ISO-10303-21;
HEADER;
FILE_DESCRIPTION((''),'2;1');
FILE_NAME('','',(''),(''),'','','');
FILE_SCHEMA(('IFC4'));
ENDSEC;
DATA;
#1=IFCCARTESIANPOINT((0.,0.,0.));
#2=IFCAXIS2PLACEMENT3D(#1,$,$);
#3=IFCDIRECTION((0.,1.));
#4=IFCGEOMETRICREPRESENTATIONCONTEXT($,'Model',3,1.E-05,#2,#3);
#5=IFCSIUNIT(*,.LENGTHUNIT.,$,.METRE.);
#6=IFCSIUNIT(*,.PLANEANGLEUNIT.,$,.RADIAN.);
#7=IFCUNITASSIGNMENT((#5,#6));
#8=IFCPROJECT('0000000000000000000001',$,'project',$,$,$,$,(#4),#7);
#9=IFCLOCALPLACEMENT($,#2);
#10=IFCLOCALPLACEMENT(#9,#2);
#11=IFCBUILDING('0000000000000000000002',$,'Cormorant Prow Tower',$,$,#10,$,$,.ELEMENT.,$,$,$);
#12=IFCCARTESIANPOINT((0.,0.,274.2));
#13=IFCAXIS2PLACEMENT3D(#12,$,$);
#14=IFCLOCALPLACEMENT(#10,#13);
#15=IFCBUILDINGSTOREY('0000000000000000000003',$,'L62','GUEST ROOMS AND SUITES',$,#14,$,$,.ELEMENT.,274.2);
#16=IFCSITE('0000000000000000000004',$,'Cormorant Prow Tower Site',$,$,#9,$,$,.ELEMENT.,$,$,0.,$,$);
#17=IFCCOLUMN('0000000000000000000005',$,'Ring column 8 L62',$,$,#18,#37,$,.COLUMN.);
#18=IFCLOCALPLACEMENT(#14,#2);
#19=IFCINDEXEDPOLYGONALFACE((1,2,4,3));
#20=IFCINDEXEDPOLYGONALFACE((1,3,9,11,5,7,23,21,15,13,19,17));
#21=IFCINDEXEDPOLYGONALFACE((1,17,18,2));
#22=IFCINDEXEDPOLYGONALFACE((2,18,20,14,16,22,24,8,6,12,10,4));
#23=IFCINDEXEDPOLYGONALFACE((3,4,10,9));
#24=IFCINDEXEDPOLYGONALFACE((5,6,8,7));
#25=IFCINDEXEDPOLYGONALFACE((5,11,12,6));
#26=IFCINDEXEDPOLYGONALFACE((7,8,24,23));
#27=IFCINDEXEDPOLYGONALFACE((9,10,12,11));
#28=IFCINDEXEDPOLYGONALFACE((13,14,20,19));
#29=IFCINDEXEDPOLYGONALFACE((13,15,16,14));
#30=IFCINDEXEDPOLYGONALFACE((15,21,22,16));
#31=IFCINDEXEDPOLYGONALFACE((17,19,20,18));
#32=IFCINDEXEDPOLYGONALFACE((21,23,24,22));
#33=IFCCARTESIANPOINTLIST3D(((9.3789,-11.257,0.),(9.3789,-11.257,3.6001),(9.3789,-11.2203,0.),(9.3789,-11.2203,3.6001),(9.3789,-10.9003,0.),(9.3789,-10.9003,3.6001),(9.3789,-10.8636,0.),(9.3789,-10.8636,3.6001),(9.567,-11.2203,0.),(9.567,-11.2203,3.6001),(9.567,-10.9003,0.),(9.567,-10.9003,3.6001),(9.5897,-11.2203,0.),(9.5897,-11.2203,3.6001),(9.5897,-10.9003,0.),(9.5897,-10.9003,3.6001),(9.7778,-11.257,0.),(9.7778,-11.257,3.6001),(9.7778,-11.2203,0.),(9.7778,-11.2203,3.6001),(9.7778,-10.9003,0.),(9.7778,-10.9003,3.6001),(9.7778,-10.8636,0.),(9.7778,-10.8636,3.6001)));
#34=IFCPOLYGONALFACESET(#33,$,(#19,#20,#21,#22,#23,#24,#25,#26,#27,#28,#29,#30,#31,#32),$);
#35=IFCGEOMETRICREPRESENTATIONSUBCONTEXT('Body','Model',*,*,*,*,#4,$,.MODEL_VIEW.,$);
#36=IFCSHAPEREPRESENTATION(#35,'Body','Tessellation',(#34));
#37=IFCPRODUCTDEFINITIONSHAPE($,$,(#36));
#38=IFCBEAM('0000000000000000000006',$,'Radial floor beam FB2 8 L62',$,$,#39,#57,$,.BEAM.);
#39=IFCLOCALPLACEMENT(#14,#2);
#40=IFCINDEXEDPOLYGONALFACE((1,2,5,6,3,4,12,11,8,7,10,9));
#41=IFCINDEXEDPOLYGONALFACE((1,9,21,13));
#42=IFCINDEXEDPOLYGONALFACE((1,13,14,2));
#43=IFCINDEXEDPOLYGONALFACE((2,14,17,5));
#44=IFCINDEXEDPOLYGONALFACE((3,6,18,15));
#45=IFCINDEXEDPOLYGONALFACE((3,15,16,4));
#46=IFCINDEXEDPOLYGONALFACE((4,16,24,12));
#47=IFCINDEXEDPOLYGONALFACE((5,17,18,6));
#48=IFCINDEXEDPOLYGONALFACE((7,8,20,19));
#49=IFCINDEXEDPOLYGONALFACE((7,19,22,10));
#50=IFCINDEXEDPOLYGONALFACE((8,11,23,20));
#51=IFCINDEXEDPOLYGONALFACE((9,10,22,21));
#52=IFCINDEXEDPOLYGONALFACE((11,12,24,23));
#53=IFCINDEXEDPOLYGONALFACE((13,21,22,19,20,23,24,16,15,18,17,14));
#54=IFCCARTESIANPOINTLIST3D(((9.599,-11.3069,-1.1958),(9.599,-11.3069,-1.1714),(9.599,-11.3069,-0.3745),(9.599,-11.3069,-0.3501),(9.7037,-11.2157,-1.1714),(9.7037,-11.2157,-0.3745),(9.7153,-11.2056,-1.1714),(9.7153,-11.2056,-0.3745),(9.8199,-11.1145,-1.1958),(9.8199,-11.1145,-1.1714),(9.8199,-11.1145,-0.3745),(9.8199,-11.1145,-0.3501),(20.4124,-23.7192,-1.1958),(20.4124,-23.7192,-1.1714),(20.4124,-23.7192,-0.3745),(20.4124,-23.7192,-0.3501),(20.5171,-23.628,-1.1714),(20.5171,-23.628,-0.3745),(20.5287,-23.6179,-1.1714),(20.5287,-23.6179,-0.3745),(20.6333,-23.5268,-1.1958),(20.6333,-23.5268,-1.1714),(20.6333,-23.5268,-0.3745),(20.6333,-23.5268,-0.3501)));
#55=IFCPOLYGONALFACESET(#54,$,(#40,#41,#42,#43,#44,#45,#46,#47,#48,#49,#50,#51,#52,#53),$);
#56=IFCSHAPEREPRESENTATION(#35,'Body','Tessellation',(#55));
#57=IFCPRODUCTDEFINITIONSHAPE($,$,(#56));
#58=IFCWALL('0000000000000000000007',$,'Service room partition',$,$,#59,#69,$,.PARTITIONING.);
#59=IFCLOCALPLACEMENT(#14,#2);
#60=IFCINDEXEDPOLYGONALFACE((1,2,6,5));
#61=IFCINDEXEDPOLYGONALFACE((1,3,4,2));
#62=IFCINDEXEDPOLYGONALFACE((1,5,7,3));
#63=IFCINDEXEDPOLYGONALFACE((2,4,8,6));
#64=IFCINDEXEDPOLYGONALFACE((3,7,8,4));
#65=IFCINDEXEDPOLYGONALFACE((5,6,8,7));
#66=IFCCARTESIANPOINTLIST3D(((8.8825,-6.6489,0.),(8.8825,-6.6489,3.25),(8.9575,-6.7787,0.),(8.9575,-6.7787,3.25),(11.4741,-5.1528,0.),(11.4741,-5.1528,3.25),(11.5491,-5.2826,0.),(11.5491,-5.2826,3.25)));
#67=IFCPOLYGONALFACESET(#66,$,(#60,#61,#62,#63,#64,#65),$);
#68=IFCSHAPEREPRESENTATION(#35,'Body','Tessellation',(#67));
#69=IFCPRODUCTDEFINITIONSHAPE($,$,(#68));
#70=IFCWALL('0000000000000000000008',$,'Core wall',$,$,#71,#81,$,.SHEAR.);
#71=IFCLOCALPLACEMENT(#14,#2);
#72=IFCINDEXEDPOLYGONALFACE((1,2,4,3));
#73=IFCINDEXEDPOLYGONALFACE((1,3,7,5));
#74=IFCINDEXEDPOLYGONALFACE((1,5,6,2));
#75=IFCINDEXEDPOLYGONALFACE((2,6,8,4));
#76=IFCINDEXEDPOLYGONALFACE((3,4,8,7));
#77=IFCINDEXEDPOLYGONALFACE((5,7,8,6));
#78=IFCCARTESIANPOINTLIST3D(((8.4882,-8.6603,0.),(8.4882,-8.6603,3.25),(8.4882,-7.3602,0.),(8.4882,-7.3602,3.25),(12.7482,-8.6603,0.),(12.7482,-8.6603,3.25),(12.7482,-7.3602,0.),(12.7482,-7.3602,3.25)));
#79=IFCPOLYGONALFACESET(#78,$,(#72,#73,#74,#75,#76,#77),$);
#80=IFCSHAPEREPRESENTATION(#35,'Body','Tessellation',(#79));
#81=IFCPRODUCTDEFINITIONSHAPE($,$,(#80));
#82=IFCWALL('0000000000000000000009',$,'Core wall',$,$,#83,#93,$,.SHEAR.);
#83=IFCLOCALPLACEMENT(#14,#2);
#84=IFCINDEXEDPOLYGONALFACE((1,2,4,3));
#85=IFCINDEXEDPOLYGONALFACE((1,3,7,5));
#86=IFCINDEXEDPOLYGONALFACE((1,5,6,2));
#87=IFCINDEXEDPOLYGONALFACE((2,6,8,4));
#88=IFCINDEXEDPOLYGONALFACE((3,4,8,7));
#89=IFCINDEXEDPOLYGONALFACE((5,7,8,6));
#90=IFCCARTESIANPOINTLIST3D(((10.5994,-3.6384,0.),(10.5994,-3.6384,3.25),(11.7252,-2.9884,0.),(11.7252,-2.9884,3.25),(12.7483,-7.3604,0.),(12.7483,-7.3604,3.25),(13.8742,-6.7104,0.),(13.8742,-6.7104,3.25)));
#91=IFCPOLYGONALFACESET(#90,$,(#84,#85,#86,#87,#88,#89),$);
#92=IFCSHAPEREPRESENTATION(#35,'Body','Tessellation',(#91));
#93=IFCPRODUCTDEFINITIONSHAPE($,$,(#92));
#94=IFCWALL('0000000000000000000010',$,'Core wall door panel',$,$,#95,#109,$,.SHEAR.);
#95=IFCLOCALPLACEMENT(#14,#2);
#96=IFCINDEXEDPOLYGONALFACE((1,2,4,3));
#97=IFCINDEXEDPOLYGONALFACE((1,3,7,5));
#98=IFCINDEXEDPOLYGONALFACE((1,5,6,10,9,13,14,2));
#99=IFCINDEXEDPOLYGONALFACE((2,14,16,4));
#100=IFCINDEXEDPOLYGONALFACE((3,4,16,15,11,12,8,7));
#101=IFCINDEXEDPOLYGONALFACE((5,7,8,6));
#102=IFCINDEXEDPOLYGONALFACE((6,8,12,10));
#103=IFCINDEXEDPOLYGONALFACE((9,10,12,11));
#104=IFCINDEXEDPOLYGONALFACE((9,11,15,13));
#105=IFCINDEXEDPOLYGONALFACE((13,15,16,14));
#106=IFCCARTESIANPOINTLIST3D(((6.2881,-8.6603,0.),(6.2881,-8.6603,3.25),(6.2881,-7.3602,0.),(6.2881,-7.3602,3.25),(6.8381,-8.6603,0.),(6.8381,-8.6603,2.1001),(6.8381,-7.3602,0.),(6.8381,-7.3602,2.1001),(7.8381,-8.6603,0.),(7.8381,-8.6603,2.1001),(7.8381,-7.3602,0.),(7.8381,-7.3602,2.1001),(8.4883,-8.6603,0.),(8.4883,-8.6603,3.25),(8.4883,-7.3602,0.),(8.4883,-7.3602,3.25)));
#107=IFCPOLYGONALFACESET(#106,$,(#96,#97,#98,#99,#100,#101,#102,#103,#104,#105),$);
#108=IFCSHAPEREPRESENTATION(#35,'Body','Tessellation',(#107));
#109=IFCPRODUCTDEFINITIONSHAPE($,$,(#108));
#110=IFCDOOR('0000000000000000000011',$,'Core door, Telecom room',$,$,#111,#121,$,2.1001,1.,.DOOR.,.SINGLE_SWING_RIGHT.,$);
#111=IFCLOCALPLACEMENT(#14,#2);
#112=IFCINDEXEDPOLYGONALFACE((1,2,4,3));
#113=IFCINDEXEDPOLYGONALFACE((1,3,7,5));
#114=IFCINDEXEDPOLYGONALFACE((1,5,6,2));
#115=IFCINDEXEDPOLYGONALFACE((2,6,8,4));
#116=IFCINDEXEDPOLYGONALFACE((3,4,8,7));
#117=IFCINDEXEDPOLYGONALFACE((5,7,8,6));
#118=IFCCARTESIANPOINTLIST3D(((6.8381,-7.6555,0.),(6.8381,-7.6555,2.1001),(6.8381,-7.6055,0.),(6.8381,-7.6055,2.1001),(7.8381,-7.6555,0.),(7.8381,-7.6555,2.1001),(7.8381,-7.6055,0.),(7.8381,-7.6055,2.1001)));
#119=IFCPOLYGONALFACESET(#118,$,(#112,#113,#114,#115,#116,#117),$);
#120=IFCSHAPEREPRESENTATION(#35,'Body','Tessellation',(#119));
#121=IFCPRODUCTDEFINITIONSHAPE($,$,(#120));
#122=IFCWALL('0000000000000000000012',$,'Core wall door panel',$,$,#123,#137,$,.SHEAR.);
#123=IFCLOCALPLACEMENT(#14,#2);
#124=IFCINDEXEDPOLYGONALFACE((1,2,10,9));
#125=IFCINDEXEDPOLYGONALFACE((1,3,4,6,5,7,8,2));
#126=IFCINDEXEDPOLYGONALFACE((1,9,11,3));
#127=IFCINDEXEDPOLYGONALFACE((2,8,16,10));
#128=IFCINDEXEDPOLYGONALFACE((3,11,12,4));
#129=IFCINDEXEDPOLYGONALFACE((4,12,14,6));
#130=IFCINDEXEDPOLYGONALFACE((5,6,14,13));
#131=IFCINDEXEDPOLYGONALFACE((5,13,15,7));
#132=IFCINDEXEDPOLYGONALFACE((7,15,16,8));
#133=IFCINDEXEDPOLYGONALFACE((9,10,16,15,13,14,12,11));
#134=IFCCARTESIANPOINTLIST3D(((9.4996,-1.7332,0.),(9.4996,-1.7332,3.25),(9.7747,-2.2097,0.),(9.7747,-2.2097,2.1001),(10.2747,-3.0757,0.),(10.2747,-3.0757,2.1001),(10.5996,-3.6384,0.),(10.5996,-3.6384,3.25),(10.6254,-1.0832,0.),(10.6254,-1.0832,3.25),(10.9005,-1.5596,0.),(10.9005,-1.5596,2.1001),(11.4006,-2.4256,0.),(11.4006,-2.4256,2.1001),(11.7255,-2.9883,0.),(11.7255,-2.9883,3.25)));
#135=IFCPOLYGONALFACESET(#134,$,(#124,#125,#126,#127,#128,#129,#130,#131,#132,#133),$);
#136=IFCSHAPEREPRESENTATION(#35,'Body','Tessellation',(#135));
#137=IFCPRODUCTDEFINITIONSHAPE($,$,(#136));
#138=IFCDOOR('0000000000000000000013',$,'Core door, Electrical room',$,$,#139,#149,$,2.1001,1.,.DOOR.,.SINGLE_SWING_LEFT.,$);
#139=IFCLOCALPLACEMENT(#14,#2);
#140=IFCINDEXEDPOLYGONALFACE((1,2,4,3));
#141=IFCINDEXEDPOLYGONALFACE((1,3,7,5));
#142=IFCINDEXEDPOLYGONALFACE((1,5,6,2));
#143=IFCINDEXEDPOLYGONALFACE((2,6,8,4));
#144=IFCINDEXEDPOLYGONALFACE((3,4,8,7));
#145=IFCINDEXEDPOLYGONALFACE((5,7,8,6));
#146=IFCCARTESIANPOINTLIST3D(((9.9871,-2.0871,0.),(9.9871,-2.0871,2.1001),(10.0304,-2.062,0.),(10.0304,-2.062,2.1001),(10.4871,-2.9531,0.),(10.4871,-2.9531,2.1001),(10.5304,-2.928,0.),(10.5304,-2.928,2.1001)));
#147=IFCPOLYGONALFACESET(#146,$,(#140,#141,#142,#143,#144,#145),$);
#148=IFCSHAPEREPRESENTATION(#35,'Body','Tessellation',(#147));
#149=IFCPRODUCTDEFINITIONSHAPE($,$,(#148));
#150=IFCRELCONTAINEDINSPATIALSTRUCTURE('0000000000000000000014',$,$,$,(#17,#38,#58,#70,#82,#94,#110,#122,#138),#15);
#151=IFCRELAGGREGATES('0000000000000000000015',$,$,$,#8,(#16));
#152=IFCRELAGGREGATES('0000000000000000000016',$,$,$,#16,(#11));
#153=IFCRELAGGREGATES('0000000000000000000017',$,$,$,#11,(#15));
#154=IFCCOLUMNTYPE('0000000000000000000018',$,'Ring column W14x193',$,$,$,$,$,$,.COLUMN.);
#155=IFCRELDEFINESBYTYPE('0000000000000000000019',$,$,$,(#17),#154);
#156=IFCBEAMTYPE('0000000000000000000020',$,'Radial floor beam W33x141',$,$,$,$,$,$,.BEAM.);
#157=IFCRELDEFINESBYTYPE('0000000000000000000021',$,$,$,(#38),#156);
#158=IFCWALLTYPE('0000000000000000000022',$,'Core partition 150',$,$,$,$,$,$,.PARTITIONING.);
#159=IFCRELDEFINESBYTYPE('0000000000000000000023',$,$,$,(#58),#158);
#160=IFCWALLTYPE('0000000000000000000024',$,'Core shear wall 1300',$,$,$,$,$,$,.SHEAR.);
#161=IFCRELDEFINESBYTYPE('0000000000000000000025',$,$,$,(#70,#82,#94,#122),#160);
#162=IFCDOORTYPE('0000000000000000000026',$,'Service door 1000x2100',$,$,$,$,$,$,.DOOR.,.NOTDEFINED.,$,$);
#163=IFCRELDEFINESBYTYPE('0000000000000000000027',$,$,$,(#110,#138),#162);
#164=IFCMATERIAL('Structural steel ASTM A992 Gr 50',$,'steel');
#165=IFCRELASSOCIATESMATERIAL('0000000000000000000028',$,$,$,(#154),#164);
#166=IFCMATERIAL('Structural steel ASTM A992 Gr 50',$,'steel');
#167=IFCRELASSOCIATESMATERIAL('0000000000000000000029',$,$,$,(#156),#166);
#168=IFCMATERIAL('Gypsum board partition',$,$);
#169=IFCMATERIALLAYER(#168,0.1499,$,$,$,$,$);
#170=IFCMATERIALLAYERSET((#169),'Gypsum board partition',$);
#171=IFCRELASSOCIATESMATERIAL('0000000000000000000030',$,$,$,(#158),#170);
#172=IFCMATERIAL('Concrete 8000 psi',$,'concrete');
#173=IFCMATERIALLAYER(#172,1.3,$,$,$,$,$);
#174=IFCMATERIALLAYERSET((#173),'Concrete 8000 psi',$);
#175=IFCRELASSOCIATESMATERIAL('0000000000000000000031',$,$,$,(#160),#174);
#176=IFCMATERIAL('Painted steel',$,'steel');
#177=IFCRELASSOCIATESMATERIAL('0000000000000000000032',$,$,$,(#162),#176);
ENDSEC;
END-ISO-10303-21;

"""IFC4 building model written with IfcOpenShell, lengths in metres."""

from ifc_helpers import new_model, si_unit, direction, frame, frame_2d, origin, origin_2d, place, context, subcontext, project, spatial, rectangle, i_section, extrude, material, layer, layer_set, material_profile, profile_set, type_object, element, fill, save


model = new_model("IFC4")

# Units and contexts
model_context = context("Model", 3, precision=1e-05, world=origin(), true_north=direction((0.0, 1.0)))
body_context = subcontext(model_context, "Body", "Model", "MODEL_VIEW")
ifc_project = project(units=[si_unit("LENGTHUNIT", "METRE"), si_unit("PLANEANGLEUNIT", "RADIAN")], contexts=[model_context])

# Site, building, storey
site_placement = place(None, origin())
site = spatial("IfcSite", under=ifc_project, at=site_placement, Name="Cormorant Prow Tower Site", CompositionType="ELEMENT", RefElevation=0.0)
building_placement = place(site_placement, origin())
building = spatial("IfcBuilding", under=site, at=building_placement, Name="Cormorant Prow Tower", CompositionType="ELEMENT")
storey_placement = place(building_placement, frame((0.0, 0.0, 274.2)))
storey = spatial("IfcBuildingStorey", under=building, at=storey_placement, Name="L62", Description="GUEST ROOMS AND SUITES", CompositionType="ELEMENT", Elevation=274.2)

# Column
ifc_material_1 = material(Name="Structural steel ASTM A992 Gr 50", Category="steel")
ifc_material_profile_1 = material_profile(ifc_material_1, i_section(OverallWidth=0.3989, OverallDepth=0.3933, WebThickness=0.0227, FlangeThickness=0.0366, at=origin_2d()), Name="W14x193")
ifc_profile_set_1 = profile_set([ifc_material_profile_1], Name="Structural steel ASTM A992 Gr 50")
column_type = type_object("IfcColumnType", Name="Ring column W14x193", PredefinedType="COLUMN", material=ifc_profile_set_1)
column_placement = place(storey_placement, frame((9.5784, -11.0603, 0.0), z_axis=(0.0, 0.0, 1.0), x_axis=(1.0, 0.0, 0.0)))
element("IfcColumn", 1, at=column_placement, inside=storey, type_object=column_type, Name="Ring column 8 L62", PredefinedType="COLUMN", context=body_context, shape_type="SweptSolid", body=[
    extrude(i_section(OverallWidth=0.3989, OverallDepth=0.3933, WebThickness=0.0227, FlangeThickness=0.0366, at=origin_2d()), origin(), (0.0, 0.0, 1.0), 3.6001),
])

# Beam
ifc_material_2 = material(Name="Structural steel ASTM A992 Gr 50", Category="steel")
ifc_material_profile_2 = material_profile(ifc_material_2, i_section(OverallWidth=0.293, OverallDepth=0.8457, WebThickness=0.0154, FlangeThickness=0.0244, at=origin_2d()), Name="W33x141")
ifc_profile_set_2 = profile_set([ifc_material_profile_2], Name="Structural steel ASTM A992 Gr 50")
beam_type = type_object("IfcBeamType", Name="Radial floor beam W33x141", PredefinedType="BEAM", material=ifc_profile_set_2)
beam_placement = place(storey_placement, frame((9.7095, -11.2107, -0.7729), z_axis=(0.656875, -0.754, 0.0), x_axis=(0.754, 0.656875, 0.0)))
element("IfcBeam", 2, at=beam_placement, inside=storey, type_object=beam_type, Name="Radial floor beam FB2 8 L62", PredefinedType="BEAM", context=body_context, shape_type="SweptSolid", body=[
    extrude(i_section(OverallWidth=0.293, OverallDepth=0.8457, WebThickness=0.0154, FlangeThickness=0.0244, at=origin_2d()), origin(), (0.0, 0.0, 1.0), 16.4619),
])

# Walls
ifc_material_3 = material(Name="Gypsum board partition")
ifc_layer_1 = layer(ifc_material_3, 0.1499)
ifc_layer_set_1 = layer_set([ifc_layer_1], Name="Gypsum board partition")
wall_type_1 = type_object("IfcWallType", Name="Core partition 150", PredefinedType="PARTITIONING", material=ifc_layer_set_1)
wall_1_placement = place(storey_placement, frame((11.5115, -5.2178, 0.0), z_axis=(0.0, 0.0, 1.0), x_axis=(-0.866046, -0.499965, 0.0)))
element("IfcWall", 3, at=wall_1_placement, inside=storey, type_object=wall_type_1, Name="Service room partition", PredefinedType="PARTITIONING", context=body_context, shape_type="SweptSolid", body=[
    extrude(rectangle(XDim=2.9924, YDim=0.1499, at=frame_2d((1.4961, 0.0))), origin(), (0.0, 0.0, 1.0), 3.25),
])
ifc_material_4 = material(Name="Concrete 8000 psi", Category="concrete")
ifc_layer_2 = layer(ifc_material_4, 1.3)
ifc_layer_set_2 = layer_set([ifc_layer_2], Name="Concrete 8000 psi")
wall_type_2 = type_object("IfcWallType", Name="Core shear wall 1300", PredefinedType="SHEAR", material=ifc_layer_set_2)
wall_2_placement = place(storey_placement, frame((8.4883, -8.0103, 0.0), z_axis=(0.0, 0.0, 1.0), x_axis=(1.0, 0.0, 0.0)))
element("IfcWall", 4, at=wall_2_placement, inside=storey, type_object=wall_type_2, Name="Core wall", PredefinedType="SHEAR", context=body_context, shape_type="SweptSolid", body=[
    extrude(rectangle(XDim=4.26, YDim=1.3, at=frame_2d((2.1299, 0.0))), origin(), (0.0, 0.0, 1.0), 3.25),
])
wall_3_placement = place(storey_placement, frame((13.3113, -7.0354, 0.0), z_axis=(0.0, 0.0, 1.0), x_axis=(-0.500013, 0.866018, 0.0)))
element("IfcWall", 5, at=wall_3_placement, inside=storey, type_object=wall_type_2, Name="Core wall", PredefinedType="SHEAR", context=body_context, shape_type="SweptSolid", body=[
    extrude(rectangle(XDim=4.2979, YDim=1.3, at=frame_2d((2.1489, 0.0))), origin(), (0.0, 0.0, 1.0), 3.25),
])

# Walls, openings, doors
wall_4_placement = place(storey_placement, frame((6.2881, -8.0103, 0.0), z_axis=(0.0, 0.0, 1.0), x_axis=(1.0, 0.0, 0.0)))
wall_4 = element("IfcWall", 6, at=wall_4_placement, inside=storey, type_object=wall_type_2, Name="Core wall door panel", PredefinedType="SHEAR", context=body_context, shape_type="SweptSolid", body=[
    extrude(rectangle(XDim=2.2002, YDim=1.3, at=frame_2d((1.1001, 0.0))), origin(), (0.0, 0.0, 1.0), 3.25),
])
opening_1_placement = place(wall_4_placement, frame((0.55, 0.0, 0.0)))
opening_1 = element("IfcOpeningElement", 7, at=opening_1_placement, cuts=wall_4, PredefinedType="OPENING", context=body_context, shape_type="SweptSolid", body=[
    extrude(rectangle(XDim=1.0, YDim=2.1001, at=frame_2d((0.5, 1.05))), frame((0.0, 0.6599, 0.0), z_axis=(0.0, -1.0, 0.0), x_axis=(1.0, 0.0, 0.0)), (0.0, 0.0, 1.0), 1.3201),
])
ifc_material_5 = material(Name="Painted steel", Category="steel")
door_type_1 = type_object("IfcDoorType", Name="Service door 1000x2100", OperationType="NOTDEFINED", PredefinedType="DOOR", material=ifc_material_5)
door_1_placement = place(opening_1_placement, origin())
door_1 = element("IfcDoor", 8, at=door_1_placement, inside=storey, type_object=door_type_1, Name="Core door, Telecom room", OperationType="SINGLE_SWING_RIGHT", OverallHeight=2.1001, OverallWidth=1.0, PredefinedType="DOOR", context=body_context, shape_type="SweptSolid", body=[
    extrude(rectangle(XDim=1.0, YDim=2.1001, at=frame_2d((0.5, 1.05))), frame((0.0, 0.4048, 0.0), z_axis=(0.0, -1.0, 0.0), x_axis=(1.0, 0.0, 0.0)), (0.0, 0.0, 1.0), 0.05),
])
fill(opening_1, door_1)
wall_5_placement = place(storey_placement, frame((11.1626, -3.3135, 0.0), z_axis=(0.0, 0.0, 1.0), x_axis=(-0.50003, 0.866008, 0.0)))
wall_5 = element("IfcWall", 9, at=wall_5_placement, inside=storey, type_object=wall_type_2, Name="Core wall door panel", PredefinedType="SHEAR", context=body_context, shape_type="SweptSolid", body=[
    extrude(rectangle(XDim=2.2, YDim=1.3, at=frame_2d((1.1001, 0.0))), origin(), (0.0, 0.0, 1.0), 3.25),
])
opening_2_placement = place(wall_5_placement, frame((0.6499, 0.0, 0.0)))
opening_2 = element("IfcOpeningElement", 10, at=opening_2_placement, cuts=wall_5, PredefinedType="OPENING", context=body_context, shape_type="SweptSolid", body=[
    extrude(rectangle(XDim=1.0, YDim=2.1001, at=frame_2d((0.5, 1.05))), frame((0.0, 0.6599, 0.0), z_axis=(0.0, -1.0, 0.0), x_axis=(1.0, 0.0, 0.0)), (0.0, 0.0, 1.0), 1.3201),
])
door_2_placement = place(opening_2_placement, origin())
door_2 = element("IfcDoor", 11, at=door_2_placement, inside=storey, type_object=door_type_1, Name="Core door, Electrical room", OperationType="SINGLE_SWING_LEFT", OverallHeight=2.1001, OverallWidth=1.0, PredefinedType="DOOR", context=body_context, shape_type="SweptSolid", body=[
    extrude(rectangle(XDim=1.0, YDim=2.1001, at=frame_2d((0.5, 1.05))), frame((0.0, 0.4048, 0.0), z_axis=(0.0, -1.0, 0.0), x_axis=(1.0, 0.0, 0.0)), (0.0, 0.0, 1.0), 0.05),
])
fill(opening_2, door_2)

save(model, "model.ifc")
